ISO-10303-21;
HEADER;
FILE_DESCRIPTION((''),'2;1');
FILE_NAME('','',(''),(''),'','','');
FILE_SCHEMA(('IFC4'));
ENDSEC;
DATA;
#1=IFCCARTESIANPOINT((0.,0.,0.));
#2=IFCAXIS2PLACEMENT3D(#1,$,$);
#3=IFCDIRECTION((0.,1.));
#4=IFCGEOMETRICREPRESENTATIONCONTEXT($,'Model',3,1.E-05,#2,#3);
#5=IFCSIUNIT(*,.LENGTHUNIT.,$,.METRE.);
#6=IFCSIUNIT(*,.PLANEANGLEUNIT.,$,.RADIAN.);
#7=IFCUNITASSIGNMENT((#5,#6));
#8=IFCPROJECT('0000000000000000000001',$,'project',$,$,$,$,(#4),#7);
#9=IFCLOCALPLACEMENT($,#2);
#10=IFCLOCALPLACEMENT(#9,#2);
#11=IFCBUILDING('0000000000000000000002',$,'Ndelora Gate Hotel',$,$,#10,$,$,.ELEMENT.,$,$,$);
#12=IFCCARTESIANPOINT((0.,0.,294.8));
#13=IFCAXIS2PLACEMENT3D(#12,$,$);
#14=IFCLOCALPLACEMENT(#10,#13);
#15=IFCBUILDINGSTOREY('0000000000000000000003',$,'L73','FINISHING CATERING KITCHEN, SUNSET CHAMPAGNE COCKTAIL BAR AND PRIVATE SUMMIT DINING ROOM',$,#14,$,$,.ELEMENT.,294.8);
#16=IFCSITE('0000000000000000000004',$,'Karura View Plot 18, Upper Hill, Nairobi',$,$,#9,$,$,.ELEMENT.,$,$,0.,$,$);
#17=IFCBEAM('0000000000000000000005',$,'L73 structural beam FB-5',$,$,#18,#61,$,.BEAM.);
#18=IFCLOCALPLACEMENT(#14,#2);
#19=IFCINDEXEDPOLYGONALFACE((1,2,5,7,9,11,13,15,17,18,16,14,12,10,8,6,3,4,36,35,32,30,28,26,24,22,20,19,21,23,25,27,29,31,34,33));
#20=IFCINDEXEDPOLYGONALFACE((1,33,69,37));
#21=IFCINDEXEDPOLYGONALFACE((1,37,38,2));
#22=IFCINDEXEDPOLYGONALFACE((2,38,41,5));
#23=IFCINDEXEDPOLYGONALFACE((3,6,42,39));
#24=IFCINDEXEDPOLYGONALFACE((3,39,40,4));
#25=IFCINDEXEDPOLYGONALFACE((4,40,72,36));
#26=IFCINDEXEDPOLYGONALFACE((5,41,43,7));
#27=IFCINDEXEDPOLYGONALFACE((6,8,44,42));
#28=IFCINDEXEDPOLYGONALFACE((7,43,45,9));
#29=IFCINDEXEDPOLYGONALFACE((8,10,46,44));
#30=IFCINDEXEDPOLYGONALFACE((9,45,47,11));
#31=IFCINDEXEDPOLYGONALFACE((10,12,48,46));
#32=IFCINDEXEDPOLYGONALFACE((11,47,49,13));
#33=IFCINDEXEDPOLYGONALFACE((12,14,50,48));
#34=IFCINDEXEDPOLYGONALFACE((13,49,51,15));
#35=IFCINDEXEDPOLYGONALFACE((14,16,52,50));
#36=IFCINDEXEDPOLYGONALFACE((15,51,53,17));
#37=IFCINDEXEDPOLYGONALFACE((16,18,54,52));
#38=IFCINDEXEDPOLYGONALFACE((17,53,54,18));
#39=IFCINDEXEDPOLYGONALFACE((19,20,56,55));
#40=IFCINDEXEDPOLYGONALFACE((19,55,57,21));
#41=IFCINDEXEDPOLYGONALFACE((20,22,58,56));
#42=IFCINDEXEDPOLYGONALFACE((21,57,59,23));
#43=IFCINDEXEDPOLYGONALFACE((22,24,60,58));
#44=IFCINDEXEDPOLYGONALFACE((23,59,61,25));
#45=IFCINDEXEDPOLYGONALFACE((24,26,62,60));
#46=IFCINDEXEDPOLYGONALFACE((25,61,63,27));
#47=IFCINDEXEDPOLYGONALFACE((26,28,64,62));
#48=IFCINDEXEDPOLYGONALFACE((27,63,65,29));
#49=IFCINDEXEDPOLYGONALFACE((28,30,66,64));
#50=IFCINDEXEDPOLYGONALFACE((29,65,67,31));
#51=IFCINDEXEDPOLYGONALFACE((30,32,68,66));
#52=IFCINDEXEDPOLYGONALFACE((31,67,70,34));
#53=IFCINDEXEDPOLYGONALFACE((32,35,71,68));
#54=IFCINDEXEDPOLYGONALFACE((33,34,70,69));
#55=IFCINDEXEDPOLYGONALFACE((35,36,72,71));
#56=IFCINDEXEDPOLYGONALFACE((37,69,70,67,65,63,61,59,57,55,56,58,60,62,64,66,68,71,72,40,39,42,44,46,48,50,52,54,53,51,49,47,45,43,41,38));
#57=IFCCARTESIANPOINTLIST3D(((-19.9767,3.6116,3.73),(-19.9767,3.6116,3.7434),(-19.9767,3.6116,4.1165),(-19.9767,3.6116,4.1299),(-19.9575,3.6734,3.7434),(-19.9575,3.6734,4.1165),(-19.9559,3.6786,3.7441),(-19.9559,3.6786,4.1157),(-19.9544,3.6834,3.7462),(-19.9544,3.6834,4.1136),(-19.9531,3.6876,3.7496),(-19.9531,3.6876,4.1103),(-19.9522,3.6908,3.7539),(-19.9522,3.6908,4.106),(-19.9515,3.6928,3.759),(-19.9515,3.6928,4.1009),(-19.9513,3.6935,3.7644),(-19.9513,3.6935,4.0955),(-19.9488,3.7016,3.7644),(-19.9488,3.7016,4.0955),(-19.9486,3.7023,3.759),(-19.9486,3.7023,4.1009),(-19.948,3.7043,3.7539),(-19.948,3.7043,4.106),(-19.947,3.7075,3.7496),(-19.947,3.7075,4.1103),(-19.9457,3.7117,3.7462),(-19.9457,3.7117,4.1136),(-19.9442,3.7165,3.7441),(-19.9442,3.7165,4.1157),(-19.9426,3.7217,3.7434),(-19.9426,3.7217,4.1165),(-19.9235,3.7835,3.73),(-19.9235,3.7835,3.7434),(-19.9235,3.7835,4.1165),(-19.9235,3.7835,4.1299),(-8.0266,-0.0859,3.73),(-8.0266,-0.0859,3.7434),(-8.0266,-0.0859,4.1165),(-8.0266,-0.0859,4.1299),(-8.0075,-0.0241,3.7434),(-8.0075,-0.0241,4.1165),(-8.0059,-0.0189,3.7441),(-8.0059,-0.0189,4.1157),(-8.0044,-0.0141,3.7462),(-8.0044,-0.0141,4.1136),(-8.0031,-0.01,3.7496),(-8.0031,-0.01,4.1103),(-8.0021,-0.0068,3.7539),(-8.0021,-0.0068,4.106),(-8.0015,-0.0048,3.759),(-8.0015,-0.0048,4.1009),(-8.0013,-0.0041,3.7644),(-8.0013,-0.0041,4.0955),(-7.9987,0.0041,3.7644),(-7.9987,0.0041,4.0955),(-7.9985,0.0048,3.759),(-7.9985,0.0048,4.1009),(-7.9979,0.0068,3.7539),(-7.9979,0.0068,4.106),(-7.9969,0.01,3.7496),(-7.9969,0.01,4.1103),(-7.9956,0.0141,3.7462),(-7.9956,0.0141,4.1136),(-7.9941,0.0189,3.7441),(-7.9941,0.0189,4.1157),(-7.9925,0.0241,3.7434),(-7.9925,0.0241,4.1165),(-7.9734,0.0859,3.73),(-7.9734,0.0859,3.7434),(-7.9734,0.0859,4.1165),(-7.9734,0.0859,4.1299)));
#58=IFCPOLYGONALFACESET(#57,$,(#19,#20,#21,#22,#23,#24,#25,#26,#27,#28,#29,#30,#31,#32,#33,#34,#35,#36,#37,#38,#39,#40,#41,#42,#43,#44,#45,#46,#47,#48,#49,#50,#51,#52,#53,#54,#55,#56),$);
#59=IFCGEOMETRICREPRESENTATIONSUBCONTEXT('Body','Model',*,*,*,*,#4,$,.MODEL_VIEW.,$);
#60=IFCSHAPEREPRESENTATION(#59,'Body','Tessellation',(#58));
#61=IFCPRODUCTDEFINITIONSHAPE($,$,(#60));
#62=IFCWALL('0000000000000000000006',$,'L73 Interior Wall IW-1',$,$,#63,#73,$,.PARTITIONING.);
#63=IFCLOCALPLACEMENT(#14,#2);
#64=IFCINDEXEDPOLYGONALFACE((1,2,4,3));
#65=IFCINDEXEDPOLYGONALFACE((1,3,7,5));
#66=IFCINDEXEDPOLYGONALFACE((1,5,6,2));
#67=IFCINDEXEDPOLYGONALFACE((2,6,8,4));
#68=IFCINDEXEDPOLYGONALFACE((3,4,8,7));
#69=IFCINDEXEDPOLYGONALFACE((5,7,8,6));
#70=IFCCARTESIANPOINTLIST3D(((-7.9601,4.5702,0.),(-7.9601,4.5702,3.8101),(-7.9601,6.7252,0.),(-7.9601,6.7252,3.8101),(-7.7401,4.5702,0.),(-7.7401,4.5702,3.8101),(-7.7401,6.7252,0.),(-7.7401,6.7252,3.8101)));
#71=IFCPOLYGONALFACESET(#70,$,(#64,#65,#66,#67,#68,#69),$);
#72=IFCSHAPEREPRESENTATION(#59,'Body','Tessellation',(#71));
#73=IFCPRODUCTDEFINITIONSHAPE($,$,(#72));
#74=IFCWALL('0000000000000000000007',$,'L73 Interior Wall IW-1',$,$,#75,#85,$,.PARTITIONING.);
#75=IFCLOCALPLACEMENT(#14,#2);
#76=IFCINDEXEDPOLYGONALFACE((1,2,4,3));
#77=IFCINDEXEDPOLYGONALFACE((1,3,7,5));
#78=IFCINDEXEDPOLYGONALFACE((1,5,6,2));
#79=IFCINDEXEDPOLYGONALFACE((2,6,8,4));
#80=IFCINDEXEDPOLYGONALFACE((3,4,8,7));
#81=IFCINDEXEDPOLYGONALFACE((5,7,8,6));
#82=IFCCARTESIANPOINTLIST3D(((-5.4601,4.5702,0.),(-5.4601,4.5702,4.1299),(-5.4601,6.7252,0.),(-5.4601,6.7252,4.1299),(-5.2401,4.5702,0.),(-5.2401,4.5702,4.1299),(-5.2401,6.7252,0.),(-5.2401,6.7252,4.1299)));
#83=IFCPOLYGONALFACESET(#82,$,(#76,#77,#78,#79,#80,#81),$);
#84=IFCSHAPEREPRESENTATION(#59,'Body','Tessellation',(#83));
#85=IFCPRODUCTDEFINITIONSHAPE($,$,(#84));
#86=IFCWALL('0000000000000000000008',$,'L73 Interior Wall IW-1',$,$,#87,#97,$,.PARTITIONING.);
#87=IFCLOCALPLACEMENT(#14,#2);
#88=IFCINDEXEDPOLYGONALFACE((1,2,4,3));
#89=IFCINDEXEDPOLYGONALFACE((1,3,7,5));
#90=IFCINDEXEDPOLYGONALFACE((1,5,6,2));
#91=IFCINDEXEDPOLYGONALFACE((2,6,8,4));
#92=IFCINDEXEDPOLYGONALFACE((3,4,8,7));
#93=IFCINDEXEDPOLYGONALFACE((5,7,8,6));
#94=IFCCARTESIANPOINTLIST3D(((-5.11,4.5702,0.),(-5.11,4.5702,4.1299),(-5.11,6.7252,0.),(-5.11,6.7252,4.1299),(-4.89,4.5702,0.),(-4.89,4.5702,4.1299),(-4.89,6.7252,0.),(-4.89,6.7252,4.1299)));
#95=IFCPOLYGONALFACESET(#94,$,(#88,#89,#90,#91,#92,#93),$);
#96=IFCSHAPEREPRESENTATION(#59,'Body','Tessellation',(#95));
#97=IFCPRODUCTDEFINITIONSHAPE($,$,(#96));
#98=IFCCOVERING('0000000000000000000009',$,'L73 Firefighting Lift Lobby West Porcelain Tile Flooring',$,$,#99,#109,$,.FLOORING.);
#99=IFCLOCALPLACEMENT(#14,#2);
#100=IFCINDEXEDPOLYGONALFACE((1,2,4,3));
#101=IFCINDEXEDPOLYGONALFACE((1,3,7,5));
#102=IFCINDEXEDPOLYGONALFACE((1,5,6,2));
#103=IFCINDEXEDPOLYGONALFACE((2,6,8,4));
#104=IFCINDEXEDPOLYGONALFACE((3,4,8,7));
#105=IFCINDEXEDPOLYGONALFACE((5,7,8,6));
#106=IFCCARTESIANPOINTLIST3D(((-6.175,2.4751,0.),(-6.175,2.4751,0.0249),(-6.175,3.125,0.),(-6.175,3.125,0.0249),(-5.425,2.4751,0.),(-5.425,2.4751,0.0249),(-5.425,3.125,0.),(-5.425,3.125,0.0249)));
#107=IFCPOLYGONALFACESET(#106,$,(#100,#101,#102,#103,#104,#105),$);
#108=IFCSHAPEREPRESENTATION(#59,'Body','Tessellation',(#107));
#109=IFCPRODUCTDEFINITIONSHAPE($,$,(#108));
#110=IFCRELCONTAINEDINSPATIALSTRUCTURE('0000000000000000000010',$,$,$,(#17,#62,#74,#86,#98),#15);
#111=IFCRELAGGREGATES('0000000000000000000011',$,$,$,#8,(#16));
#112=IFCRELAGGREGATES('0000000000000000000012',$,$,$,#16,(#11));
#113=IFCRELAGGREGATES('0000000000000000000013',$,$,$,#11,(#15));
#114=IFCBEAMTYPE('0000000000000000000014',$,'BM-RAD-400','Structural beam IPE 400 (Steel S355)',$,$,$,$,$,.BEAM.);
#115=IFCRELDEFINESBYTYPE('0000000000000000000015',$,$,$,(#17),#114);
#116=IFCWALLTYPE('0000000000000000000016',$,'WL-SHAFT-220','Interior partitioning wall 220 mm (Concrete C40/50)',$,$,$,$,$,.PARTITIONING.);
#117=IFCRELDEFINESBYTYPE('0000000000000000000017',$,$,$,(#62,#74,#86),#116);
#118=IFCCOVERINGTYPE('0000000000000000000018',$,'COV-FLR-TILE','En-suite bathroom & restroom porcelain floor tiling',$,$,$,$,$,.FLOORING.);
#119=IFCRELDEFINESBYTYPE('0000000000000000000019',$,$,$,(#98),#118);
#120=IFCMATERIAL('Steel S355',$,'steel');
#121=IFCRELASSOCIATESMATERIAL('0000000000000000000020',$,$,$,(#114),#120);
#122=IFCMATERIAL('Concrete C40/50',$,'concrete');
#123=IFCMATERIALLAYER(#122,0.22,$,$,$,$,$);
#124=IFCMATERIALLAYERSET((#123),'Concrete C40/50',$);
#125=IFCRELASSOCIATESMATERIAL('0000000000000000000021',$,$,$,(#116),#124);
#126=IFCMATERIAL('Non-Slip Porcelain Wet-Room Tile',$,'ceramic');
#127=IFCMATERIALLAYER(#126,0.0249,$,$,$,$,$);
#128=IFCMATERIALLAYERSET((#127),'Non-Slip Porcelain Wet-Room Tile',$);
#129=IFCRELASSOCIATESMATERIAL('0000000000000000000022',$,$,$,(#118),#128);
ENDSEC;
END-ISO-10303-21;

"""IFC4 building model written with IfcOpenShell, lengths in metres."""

from ifc_helpers import new_model, si_unit, direction, frame, frame_2d, origin, origin_2d, place, context, subcontext, project, spatial, rectangle, i_section, extrude, material, layer, layer_set, material_profile, profile_set, type_object, element, save


model = new_model("IFC4")

# Units and contexts
model_context = context("Model", 3, precision=1e-05, world=origin(), true_north=direction((0.0, 1.0)))
body_context = subcontext(model_context, "Body", "Model", "MODEL_VIEW")
ifc_project = project(units=[si_unit("LENGTHUNIT", "METRE"), si_unit("PLANEANGLEUNIT", "RADIAN")], contexts=[model_context])

# Site, building, storey
site_placement = place(None, origin())
site = spatial("IfcSite", under=ifc_project, at=site_placement, Name="Karura View Plot 18, Upper Hill, Nairobi", CompositionType="ELEMENT", RefElevation=0.0)
building_placement = place(site_placement, origin())
building = spatial("IfcBuilding", under=site, at=building_placement, Name="Ndelora Gate Hotel", CompositionType="ELEMENT")
storey_placement = place(building_placement, frame((0.0, 0.0, 294.8)))
storey = spatial("IfcBuildingStorey", under=building, at=storey_placement, Name="L73", Description="FINISHING CATERING KITCHEN, SUNSET CHAMPAGNE COCKTAIL BAR AND PRIVATE SUMMIT DINING ROOM", CompositionType="ELEMENT", Elevation=294.8)

# Beam
ifc_material_1 = material(Name="Steel S355", Category="steel")
ifc_material_profile = material_profile(ifc_material_1, i_section(OverallWidth=0.1799, OverallDepth=0.3999, WebThickness=0.0085, FlangeThickness=0.0134, FilletRadius=0.021, at=origin_2d()), Name="IPE 400")
ifc_profile_set = profile_set([ifc_material_profile], Name="Steel S355")
beam_type = type_object("IfcBeamType", Name="BM-RAD-400", Description="Structural beam IPE 400 (Steel S355)", PredefinedType="BEAM", material=ifc_profile_set)
beam_placement = place(storey_placement, frame((-8.0, 0.0, 3.9299), z_axis=(-0.955315, 0.29559, 0.0), x_axis=(-0.29559, -0.955315, 0.0)))
element("IfcBeam", 1, at=beam_placement, inside=storey, type_object=beam_type, Name="L73 structural beam FB-5", PredefinedType="BEAM", context=body_context, shape_type="SweptSolid", body=[
    extrude(i_section(OverallWidth=0.1799, OverallDepth=0.3999, WebThickness=0.0085, FlangeThickness=0.0134, FilletRadius=0.021, at=origin_2d()), origin(), (0.0, 0.0, 1.0), 12.509),
])

# Shared definitions
ifc_material_2 = material(Name="Concrete C40/50", Category="concrete")
ifc_layer_1 = layer(ifc_material_2, 0.22)
ifc_layer_set_1 = layer_set([ifc_layer_1], Name="Concrete C40/50")
wall_type_1 = type_object("IfcWallType", Name="WL-SHAFT-220", Description="Interior partitioning wall 220 mm (Concrete C40/50)", PredefinedType="PARTITIONING", material=ifc_layer_set_1)

# Walls
wall_1_placement = place(storey_placement, frame((-7.8501, 4.5701, 0.0), z_axis=(0.0, 0.0, 1.0), x_axis=(0.0, 1.0, 0.0)))
element("IfcWall", 2, at=wall_1_placement, inside=storey, type_object=wall_type_1, Name="L73 Interior Wall IW-1", PredefinedType="PARTITIONING", context=body_context, shape_type="SweptSolid", body=[
    extrude(rectangle(XDim=2.155, YDim=0.22, at=frame_2d((1.0776, 0.0))), origin(), (0.0, 0.0, 1.0), 3.8101),
])
wall_2_placement = place(storey_placement, frame((-5.3501, 4.5701, 0.0), z_axis=(0.0, 0.0, 1.0), x_axis=(0.0, 1.0, 0.0)))
element("IfcWall", 3, at=wall_2_placement, inside=storey, type_object=wall_type_1, Name="L73 Interior Wall IW-1", PredefinedType="PARTITIONING", context=body_context, shape_type="SweptSolid", body=[
    extrude(rectangle(XDim=2.155, YDim=0.22, at=frame_2d((1.0776, 0.0))), origin(), (0.0, 0.0, 1.0), 4.1299),
])

# Wall
wall_3_placement = place(storey_placement, frame((-5.0, 4.5701, 0.0), z_axis=(0.0, 0.0, 1.0), x_axis=(0.0, 1.0, 0.0)))
element("IfcWall", 4, at=wall_3_placement, inside=storey, type_object=wall_type_1, Name="L73 Interior Wall IW-1", PredefinedType="PARTITIONING", context=body_context, shape_type="SweptSolid", body=[
    extrude(rectangle(XDim=2.155, YDim=0.22, at=frame_2d((1.0776, 0.0))), origin(), (0.0, 0.0, 1.0), 4.1299),
])

# Covering
ifc_material_3 = material(Name="Non-Slip Porcelain Wet-Room Tile", Category="ceramic")
ifc_layer_2 = layer(ifc_material_3, 0.0249)
ifc_layer_set_2 = layer_set([ifc_layer_2], Name="Non-Slip Porcelain Wet-Room Tile")
covering_type = type_object("IfcCoveringType", Name="COV-FLR-TILE", Description="En-suite bathroom & restroom porcelain floor tiling", PredefinedType="FLOORING", material=ifc_layer_set_2)
covering_placement = place(storey_placement, frame((-5.8, 2.8, 0.0), z_axis=(0.0, 0.0, 1.0), x_axis=(1.0, 0.0, 0.0)))
element("IfcCovering", 5, at=covering_placement, inside=storey, type_object=covering_type, Name="L73 Firefighting Lift Lobby West Porcelain Tile Flooring", PredefinedType="FLOORING", context=body_context, shape_type="SweptSolid", body=[
    extrude(rectangle(XDim=0.75, YDim=0.6499, at=origin_2d()), origin(), (0.0, 0.0, 1.0), 0.0249),
])

save(model, "model.ifc")
